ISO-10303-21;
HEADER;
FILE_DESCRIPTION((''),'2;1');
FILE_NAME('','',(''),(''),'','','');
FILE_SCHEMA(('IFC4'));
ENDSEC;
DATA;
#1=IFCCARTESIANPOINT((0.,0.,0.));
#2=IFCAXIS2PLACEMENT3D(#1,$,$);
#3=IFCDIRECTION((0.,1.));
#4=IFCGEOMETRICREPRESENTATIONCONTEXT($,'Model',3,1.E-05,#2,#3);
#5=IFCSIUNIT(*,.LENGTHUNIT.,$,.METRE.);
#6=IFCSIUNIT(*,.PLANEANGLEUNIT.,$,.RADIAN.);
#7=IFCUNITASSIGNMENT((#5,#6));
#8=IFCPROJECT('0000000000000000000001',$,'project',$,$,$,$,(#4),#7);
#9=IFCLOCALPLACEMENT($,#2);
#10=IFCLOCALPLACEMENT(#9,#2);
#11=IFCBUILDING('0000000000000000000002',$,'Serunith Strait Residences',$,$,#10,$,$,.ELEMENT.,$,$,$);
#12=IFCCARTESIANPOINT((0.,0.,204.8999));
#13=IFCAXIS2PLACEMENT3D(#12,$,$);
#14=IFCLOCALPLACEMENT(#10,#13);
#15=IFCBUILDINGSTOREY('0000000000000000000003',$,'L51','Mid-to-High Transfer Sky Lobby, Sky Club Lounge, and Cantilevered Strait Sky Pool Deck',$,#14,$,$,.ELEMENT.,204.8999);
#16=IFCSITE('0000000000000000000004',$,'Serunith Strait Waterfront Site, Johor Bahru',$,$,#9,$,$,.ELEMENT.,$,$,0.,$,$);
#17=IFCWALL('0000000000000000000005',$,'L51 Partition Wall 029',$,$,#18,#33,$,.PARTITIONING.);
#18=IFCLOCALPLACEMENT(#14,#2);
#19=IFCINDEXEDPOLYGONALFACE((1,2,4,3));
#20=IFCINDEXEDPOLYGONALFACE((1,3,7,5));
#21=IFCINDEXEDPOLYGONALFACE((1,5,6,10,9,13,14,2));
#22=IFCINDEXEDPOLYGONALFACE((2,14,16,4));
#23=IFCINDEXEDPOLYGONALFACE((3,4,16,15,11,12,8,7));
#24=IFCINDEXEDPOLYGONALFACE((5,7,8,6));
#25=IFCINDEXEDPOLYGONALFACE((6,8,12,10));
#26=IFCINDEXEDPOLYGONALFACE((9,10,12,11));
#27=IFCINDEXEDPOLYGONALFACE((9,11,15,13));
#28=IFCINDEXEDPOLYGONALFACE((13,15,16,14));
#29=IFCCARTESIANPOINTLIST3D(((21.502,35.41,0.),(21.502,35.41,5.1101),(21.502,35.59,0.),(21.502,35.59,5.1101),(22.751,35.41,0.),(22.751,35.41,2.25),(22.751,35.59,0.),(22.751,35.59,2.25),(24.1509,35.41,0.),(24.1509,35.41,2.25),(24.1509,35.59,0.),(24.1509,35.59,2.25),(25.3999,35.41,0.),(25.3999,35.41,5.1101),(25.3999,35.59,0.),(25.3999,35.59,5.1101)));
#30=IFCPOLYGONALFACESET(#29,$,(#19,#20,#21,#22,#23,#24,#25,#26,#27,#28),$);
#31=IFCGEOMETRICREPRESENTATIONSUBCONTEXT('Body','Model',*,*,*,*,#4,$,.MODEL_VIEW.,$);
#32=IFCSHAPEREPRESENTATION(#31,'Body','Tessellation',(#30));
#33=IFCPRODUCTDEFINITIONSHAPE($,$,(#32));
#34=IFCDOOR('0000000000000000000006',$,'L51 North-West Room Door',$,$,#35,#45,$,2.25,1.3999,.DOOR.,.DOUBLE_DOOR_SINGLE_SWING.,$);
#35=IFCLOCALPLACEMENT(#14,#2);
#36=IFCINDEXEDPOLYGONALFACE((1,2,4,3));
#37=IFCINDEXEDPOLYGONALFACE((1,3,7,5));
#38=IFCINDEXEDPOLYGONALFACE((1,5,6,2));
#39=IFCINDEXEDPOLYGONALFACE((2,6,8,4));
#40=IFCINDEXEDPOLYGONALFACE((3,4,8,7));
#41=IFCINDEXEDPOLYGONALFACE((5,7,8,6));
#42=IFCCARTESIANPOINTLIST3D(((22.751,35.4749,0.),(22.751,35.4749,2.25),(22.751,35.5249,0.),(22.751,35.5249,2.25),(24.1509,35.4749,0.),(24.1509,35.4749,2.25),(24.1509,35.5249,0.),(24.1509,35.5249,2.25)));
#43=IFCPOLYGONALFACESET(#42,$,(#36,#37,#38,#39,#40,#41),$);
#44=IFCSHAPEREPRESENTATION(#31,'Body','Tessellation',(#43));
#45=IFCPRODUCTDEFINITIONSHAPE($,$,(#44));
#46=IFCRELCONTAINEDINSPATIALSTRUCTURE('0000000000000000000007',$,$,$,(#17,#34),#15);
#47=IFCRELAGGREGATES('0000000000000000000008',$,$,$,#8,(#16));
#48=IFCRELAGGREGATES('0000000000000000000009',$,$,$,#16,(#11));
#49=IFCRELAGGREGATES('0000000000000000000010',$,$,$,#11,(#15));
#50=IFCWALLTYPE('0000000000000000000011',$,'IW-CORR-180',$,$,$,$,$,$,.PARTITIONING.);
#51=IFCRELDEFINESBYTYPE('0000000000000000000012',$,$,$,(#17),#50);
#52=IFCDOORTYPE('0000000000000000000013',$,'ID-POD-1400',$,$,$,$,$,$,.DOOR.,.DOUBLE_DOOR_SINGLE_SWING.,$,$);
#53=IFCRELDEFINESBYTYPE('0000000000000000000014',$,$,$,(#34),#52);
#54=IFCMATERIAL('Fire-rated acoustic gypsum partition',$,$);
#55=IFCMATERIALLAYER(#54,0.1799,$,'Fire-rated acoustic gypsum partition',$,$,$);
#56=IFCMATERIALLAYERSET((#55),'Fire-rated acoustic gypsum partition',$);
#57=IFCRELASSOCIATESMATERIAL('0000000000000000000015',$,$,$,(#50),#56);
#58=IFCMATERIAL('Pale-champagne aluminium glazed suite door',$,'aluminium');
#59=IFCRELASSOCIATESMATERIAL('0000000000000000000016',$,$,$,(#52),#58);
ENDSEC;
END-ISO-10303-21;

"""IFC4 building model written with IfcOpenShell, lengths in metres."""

from ifc_helpers import new_model, si_unit, direction, frame, frame_2d, origin, place, context, subcontext, project, spatial, rectangle, extrude, source, transform, mapped, material, layer, layer_set, type_object, element, fill, save


model = new_model("IFC4")

# Units and contexts
model_context = context("Model", 3, precision=1e-05, world=origin(), true_north=direction((0.0, 1.0)))
body_context = subcontext(model_context, "Body", "Model", "MODEL_VIEW")
ifc_project = project(units=[si_unit("LENGTHUNIT", "METRE"), si_unit("PLANEANGLEUNIT", "RADIAN")], contexts=[model_context])

# Site, building, storey
site_placement = place(None, origin())
site = spatial("IfcSite", under=ifc_project, at=site_placement, Name="Serunith Strait Waterfront Site, Johor Bahru", CompositionType="ELEMENT", RefElevation=0.0)
building_placement = place(site_placement, origin())
building = spatial("IfcBuilding", under=site, at=building_placement, Name="Serunith Strait Residences", CompositionType="ELEMENT")
storey_placement = place(building_placement, frame((0.0, 0.0, 204.8999)))
storey = spatial("IfcBuildingStorey", under=building, at=storey_placement, Name="L51", Description="Mid-to-High Transfer Sky Lobby, Sky Club Lounge, and Cantilevered Strait Sky Pool Deck", CompositionType="ELEMENT", Elevation=204.8999)

# Shared definitions
ifc_material_1 = material(Name="Fire-rated acoustic gypsum partition")
ifc_layer_1 = layer(ifc_material_1, 0.1799, Name="Fire-rated acoustic gypsum partition")
ifc_layer_set_1 = layer_set([ifc_layer_1], Name="Fire-rated acoustic gypsum partition")
wall_type = type_object("IfcWallType", Name="IW-CORR-180", PredefinedType="PARTITIONING", material=ifc_layer_set_1)

# Wall, opening, door
wall_1_placement = place(storey_placement, frame((21.502, 35.5, 0.0), z_axis=(0.0, 0.0, 1.0), x_axis=(1.0, 0.0, 0.0)))
wall_1 = element("IfcWall", 1, at=wall_1_placement, inside=storey, type_object=wall_type, Name="L51 Partition Wall 029", PredefinedType="PARTITIONING", context=body_context, shape_type="SweptSolid", body=[
    extrude(rectangle(XDim=3.8979, YDim=0.1799, at=frame_2d((1.949, 0.0))), origin(), (0.0, 0.0, 1.0), 5.1101),
])
opening_placement = place(wall_1_placement, frame((1.249, 0.0, 0.0)))
opening = element("IfcOpeningElement", 2, at=opening_placement, cuts=wall_1, PredefinedType="OPENING", context=body_context, shape_type="SweptSolid", body=[
    extrude(rectangle(XDim=1.3999, YDim=2.25, at=frame_2d((0.7, 1.125))), frame((0.0, 0.1001, 0.0), z_axis=(0.0, -1.0, 0.0), x_axis=(1.0, 0.0, 0.0)), (0.0, 0.0, 1.0), 0.2),
])
ifc_material_2 = material(Name="Pale-champagne aluminium glazed suite door", Category="aluminium")
door_type = type_object("IfcDoorType", Name="ID-POD-1400", OperationType="DOUBLE_DOOR_SINGLE_SWING", PredefinedType="DOOR", material=ifc_material_2)
shared_shape_1 = source(origin(), body_context, "Body", "SweptSolid", [
    extrude(rectangle(XDim=1.3999, YDim=2.25, at=frame_2d((0.7, 1.125))), frame((0.0, 0.0249, 0.0), z_axis=(0.0, -1.0, 0.0), x_axis=(1.0, 0.0, 0.0)), (0.0, 0.0, 1.0), 0.05),
])
door_placement = place(opening_placement, origin())
door = element("IfcDoor", 3, at=door_placement, inside=storey, type_object=door_type, Name="L51 North-West Room Door", OperationType="DOUBLE_DOOR_SINGLE_SWING", OverallHeight=2.25, OverallWidth=1.3999, PredefinedType="DOOR", context=body_context, shape_type="MappedRepresentation", body=[
    mapped(shared_shape_1, transform((0.0, 0.0, 0.0), scale=1.0)),
])
fill(opening, door)

save(model, "model.ifc")
